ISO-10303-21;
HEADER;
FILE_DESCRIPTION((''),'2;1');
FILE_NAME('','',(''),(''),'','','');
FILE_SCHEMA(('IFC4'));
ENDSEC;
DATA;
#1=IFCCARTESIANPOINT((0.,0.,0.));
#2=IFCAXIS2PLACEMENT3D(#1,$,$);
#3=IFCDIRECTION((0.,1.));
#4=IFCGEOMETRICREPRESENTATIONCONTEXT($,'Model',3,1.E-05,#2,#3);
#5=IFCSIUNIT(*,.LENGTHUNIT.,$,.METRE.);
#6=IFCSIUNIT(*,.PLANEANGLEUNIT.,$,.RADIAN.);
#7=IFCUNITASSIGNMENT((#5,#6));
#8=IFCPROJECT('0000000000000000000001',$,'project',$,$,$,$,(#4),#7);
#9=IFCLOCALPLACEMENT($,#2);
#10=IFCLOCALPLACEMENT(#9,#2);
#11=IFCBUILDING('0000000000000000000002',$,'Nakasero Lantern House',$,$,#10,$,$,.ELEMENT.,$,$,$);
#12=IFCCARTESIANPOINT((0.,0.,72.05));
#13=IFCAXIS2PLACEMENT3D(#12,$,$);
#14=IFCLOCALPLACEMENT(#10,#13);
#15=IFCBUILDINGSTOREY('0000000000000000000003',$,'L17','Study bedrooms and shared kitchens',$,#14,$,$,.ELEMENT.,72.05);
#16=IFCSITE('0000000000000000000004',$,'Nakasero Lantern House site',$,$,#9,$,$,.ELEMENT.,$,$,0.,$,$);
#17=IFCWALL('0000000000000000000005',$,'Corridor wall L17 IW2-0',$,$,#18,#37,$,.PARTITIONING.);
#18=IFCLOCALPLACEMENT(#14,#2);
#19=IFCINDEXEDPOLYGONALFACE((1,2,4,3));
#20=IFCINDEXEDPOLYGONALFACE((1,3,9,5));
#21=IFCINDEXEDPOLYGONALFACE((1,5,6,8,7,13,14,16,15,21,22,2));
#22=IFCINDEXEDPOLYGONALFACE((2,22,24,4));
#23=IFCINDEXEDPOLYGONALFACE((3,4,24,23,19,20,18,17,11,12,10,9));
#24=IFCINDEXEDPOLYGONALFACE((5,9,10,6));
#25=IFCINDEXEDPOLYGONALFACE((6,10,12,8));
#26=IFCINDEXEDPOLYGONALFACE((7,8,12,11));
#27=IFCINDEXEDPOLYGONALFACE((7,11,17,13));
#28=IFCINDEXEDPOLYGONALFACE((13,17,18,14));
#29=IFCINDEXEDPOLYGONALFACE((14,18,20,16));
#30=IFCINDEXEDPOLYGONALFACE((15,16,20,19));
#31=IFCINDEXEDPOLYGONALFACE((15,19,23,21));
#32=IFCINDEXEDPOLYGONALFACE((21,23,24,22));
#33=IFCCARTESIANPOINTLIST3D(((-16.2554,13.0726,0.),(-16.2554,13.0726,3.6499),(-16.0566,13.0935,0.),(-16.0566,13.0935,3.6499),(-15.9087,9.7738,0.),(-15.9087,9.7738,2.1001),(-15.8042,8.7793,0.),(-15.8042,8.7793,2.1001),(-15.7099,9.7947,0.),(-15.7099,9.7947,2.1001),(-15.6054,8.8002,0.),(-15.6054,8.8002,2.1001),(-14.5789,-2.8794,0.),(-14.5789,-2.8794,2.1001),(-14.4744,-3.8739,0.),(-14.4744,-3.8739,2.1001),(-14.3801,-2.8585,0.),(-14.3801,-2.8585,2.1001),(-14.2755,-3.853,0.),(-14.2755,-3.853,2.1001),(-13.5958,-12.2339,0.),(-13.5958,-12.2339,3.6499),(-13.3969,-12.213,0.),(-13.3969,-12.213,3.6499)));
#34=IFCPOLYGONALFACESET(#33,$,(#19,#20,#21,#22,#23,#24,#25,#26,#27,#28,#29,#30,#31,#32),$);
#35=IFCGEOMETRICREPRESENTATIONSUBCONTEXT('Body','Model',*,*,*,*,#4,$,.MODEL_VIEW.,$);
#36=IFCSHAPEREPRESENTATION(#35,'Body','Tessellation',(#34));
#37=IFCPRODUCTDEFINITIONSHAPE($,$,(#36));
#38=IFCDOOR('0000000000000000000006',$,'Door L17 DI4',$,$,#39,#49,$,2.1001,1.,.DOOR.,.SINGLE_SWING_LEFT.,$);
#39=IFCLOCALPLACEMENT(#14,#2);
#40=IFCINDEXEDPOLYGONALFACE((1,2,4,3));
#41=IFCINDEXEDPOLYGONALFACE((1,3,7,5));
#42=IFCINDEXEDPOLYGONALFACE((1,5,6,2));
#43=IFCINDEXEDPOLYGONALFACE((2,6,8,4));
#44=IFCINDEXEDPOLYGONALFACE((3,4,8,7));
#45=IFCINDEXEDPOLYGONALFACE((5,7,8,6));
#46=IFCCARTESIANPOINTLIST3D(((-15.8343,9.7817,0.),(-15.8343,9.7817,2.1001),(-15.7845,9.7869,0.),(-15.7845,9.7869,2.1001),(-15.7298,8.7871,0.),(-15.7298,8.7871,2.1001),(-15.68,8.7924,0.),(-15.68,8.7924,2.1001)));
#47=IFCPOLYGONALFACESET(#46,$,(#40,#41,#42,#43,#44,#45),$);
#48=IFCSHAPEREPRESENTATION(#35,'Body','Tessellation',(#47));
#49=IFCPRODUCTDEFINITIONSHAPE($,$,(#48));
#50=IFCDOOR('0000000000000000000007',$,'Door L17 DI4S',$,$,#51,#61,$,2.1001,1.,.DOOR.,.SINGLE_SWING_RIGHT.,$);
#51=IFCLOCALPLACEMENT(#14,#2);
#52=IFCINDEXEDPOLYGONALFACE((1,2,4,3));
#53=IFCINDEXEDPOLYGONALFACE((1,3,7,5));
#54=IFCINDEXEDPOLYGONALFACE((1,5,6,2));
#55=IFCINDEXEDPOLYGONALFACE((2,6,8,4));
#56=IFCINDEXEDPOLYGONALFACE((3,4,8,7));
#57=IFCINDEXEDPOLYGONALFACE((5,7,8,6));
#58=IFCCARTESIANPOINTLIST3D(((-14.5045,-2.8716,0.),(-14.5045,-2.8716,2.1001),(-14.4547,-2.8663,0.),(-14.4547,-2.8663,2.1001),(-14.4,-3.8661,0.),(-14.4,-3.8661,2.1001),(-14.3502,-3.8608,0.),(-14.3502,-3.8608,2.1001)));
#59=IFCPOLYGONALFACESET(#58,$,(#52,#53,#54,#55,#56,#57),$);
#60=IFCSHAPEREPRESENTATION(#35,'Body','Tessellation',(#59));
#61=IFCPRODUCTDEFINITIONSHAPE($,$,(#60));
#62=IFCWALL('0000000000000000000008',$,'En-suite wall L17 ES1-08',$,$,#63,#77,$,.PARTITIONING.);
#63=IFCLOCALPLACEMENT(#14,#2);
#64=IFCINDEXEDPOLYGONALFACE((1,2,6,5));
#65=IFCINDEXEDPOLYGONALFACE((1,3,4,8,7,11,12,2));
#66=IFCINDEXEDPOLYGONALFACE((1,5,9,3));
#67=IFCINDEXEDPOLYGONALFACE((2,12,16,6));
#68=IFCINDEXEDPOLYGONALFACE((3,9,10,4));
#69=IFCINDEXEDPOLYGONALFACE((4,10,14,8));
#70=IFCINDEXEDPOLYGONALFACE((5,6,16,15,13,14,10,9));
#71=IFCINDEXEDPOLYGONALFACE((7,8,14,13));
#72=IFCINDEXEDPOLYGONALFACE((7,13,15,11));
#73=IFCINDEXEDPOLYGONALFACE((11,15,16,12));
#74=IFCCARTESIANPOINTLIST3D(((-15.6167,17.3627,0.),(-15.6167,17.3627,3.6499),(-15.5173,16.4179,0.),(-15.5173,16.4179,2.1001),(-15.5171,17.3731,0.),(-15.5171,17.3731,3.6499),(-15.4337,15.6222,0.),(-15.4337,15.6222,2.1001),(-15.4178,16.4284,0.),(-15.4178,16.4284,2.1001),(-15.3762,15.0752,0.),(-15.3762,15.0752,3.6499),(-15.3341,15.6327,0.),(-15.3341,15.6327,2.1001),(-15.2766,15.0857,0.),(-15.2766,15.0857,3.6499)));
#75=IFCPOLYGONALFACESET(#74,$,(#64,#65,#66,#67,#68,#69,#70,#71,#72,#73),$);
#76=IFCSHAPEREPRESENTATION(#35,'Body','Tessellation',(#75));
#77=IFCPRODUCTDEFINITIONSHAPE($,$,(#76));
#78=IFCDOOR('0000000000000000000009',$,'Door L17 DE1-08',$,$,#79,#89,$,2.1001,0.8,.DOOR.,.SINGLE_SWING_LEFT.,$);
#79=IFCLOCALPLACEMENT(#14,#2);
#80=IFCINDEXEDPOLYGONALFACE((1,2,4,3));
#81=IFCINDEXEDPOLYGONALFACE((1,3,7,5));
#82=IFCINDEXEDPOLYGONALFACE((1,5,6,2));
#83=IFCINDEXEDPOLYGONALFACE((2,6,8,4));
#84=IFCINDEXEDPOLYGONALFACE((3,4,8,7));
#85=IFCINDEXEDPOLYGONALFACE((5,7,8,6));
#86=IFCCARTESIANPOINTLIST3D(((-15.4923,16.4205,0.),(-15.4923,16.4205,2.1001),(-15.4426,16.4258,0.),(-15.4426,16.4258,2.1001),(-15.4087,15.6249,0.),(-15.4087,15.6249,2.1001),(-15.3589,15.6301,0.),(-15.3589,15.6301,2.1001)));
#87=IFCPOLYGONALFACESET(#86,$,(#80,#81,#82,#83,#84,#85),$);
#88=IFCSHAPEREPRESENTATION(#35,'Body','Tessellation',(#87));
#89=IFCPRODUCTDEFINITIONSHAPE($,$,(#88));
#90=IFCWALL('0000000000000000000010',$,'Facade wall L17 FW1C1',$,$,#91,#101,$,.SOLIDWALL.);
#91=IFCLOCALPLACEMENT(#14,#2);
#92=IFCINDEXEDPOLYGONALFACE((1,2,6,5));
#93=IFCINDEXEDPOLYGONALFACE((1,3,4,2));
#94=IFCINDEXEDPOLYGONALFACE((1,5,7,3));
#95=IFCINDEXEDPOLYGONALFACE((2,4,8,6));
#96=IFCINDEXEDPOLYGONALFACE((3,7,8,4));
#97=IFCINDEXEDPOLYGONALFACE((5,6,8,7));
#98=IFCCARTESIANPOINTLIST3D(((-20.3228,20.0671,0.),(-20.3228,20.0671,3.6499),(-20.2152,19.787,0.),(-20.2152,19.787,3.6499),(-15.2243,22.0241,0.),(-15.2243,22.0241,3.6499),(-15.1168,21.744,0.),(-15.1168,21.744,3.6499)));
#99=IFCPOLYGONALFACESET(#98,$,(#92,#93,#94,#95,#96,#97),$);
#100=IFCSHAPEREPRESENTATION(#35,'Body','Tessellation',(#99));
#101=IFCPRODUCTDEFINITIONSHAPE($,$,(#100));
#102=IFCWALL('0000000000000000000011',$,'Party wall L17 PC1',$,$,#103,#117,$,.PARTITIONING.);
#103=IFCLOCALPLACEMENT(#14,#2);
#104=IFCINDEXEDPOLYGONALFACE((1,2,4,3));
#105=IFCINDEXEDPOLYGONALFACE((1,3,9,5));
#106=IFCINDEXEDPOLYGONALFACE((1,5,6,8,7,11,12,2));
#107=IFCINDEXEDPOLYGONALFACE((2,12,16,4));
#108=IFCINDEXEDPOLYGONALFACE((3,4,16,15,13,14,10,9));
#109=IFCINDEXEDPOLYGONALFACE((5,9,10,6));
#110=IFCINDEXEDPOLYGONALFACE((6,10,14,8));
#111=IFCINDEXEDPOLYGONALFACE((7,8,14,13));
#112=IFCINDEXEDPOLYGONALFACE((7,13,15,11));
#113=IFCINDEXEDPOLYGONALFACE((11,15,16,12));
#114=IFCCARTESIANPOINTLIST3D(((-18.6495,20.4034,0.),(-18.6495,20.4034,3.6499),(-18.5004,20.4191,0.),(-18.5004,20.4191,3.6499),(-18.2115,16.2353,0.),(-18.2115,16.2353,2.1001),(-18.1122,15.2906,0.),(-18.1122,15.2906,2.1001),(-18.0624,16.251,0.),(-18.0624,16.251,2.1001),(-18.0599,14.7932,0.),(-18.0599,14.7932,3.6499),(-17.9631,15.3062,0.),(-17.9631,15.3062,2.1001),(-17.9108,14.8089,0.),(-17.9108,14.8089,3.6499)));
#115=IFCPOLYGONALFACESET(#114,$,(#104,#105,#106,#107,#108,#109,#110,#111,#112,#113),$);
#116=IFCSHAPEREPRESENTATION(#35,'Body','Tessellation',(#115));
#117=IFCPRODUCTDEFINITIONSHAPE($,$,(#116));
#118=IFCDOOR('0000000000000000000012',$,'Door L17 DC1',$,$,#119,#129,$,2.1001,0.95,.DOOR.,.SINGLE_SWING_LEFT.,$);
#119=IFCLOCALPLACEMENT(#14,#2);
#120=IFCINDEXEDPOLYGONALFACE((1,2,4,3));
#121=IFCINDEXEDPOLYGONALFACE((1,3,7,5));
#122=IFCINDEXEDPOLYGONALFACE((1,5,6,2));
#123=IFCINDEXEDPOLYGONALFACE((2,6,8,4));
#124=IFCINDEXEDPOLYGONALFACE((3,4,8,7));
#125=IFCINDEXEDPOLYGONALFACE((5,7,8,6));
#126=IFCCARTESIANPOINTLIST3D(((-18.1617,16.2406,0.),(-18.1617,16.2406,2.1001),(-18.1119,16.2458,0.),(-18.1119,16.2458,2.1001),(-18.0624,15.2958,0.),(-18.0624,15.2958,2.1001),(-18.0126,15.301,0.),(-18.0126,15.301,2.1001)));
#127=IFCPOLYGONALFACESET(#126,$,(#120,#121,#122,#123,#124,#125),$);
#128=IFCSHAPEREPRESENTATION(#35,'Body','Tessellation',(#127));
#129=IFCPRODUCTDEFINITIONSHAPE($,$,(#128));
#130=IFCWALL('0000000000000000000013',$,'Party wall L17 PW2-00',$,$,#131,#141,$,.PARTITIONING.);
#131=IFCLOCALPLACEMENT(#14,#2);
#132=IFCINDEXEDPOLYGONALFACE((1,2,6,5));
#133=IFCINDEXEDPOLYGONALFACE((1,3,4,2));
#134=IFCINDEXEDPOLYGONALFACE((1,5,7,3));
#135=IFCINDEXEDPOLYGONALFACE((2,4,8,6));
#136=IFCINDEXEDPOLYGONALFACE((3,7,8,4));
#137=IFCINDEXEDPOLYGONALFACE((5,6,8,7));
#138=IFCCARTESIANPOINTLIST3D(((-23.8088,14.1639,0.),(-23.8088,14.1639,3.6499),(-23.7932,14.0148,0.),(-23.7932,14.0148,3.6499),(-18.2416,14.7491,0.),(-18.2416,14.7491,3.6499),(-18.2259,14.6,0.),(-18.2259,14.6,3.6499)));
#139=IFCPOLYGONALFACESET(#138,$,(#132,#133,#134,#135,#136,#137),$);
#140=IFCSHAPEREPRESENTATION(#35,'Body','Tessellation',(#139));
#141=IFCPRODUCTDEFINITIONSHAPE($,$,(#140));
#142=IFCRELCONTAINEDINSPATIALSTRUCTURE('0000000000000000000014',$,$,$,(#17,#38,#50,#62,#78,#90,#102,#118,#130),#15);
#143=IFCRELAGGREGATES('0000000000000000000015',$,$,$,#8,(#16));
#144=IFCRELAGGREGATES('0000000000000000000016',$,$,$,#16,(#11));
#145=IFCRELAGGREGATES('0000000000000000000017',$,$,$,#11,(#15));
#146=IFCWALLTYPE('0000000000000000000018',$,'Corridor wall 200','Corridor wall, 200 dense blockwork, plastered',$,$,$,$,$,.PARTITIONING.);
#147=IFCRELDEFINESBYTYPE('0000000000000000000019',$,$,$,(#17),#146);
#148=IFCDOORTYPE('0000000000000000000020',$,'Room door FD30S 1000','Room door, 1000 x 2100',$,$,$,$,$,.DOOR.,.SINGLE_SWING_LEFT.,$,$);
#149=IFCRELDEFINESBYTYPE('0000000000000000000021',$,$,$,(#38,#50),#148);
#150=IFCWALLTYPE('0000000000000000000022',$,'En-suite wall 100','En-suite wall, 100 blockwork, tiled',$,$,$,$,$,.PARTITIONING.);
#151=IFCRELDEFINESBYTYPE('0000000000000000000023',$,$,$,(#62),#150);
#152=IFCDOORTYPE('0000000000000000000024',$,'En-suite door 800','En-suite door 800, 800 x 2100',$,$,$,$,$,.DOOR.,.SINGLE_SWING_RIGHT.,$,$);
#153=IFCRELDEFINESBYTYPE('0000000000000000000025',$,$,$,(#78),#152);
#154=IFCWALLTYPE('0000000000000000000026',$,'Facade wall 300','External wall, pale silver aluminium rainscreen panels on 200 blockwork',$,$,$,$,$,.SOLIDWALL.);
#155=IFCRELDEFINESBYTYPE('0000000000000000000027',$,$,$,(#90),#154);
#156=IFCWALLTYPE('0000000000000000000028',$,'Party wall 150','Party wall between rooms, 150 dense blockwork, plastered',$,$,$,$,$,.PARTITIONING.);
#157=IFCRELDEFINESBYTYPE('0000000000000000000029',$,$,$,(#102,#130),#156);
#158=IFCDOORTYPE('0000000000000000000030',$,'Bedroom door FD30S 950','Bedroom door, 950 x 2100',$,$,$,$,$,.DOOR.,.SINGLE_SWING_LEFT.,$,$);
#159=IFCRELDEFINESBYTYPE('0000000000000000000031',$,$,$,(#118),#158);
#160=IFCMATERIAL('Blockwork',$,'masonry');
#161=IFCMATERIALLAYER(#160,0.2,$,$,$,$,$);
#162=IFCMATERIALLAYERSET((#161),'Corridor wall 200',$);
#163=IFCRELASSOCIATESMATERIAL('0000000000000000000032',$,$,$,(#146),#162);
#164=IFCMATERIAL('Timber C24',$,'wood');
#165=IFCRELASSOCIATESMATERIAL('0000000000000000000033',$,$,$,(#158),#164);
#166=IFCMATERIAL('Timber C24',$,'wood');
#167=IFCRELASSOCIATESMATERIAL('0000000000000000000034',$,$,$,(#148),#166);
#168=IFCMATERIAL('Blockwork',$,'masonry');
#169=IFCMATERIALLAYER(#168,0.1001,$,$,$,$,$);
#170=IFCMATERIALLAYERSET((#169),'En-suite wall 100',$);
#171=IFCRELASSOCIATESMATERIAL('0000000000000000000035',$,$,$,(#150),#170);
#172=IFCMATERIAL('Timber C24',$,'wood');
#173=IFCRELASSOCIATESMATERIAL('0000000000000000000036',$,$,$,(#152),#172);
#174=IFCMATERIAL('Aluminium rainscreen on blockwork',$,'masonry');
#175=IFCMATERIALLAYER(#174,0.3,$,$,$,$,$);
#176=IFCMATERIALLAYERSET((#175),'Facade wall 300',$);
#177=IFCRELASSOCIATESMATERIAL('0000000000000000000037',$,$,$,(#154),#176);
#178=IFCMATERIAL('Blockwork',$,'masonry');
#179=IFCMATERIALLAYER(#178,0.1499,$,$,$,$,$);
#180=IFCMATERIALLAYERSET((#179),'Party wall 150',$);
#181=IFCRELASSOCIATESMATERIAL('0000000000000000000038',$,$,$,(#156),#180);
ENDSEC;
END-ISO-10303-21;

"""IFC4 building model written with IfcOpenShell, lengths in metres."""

from ifc_helpers import new_model, si_unit, direction, frame, frame_2d, origin, place, context, subcontext, project, spatial, rectangle, extrude, material, layer, layer_set, type_object, element, fill, save


model = new_model("IFC4")

# Units and contexts
model_context = context("Model", 3, precision=1e-05, world=origin(), true_north=direction((0.0, 1.0)))
body_context = subcontext(model_context, "Body", "Model", "MODEL_VIEW")
ifc_project = project(units=[si_unit("LENGTHUNIT", "METRE"), si_unit("PLANEANGLEUNIT", "RADIAN")], contexts=[model_context])

# Site, building, storey
site_placement = place(None, origin())
site = spatial("IfcSite", under=ifc_project, at=site_placement, Name="Nakasero Lantern House site", CompositionType="ELEMENT", RefElevation=0.0)
building_placement = place(site_placement, origin())
building = spatial("IfcBuilding", under=site, at=building_placement, Name="Nakasero Lantern House", CompositionType="ELEMENT")
storey_placement = place(building_placement, frame((0.0, 0.0, 72.05)))
storey = spatial("IfcBuildingStorey", under=building, at=storey_placement, Name="L17", Description="Study bedrooms and shared kitchens", CompositionType="ELEMENT", Elevation=72.05)

# Shared definitions
ifc_material_1 = material(Name="Blockwork", Category="masonry")
ifc_layer_1 = layer(ifc_material_1, 0.2)
ifc_layer_set_1 = layer_set([ifc_layer_1], Name="Corridor wall 200")
wall_type_1 = type_object("IfcWallType", Name="Corridor wall 200", Description="Corridor wall, 200 dense blockwork, plastered", PredefinedType="PARTITIONING", material=ifc_layer_set_1)
ifc_material_2 = material(Name="Timber C24", Category="wood")
door_type_1 = type_object("IfcDoorType", Name="Bedroom door FD30S 950", Description="Bedroom door, 950 x 2100", OperationType="SINGLE_SWING_LEFT", PredefinedType="DOOR", material=ifc_material_2)

# Wall, openings, doors
wall_1_placement = place(storey_placement, frame((-16.156, 13.083, 0.0), z_axis=(0.0, 0.0, 1.0), x_axis=(0.104523, -0.994522, 0.0)))
wall_1 = element("IfcWall", 1, at=wall_1_placement, inside=storey, type_object=wall_type_1, Name="Corridor wall L17 IW2-0", PredefinedType="PARTITIONING", context=body_context, shape_type="SweptSolid", body=[
    extrude(rectangle(XDim=25.4458, YDim=0.2, at=frame_2d((12.7229, 0.0))), origin(), (0.0, 0.0, 1.0), 3.6499),
])
opening_1_placement = place(wall_1_placement, frame((3.3169, 0.0, 0.0)))
opening_1 = element("IfcOpeningElement", 2, at=opening_1_placement, cuts=wall_1, PredefinedType="OPENING", context=body_context, shape_type="SweptSolid", body=[
    extrude(rectangle(XDim=1.0, YDim=2.1001, at=frame_2d((0.5, 1.05))), frame((0.0, 0.1199, 0.0), z_axis=(0.0, -1.0, 0.0), x_axis=(1.0, 0.0, 0.0)), (0.0, 0.0, 1.0), 0.24),
])
opening_2_placement = place(wall_1_placement, frame((16.0398, 0.0, 0.0)))
opening_2 = element("IfcOpeningElement", 3, at=opening_2_placement, cuts=wall_1, PredefinedType="OPENING", context=body_context, shape_type="SweptSolid", body=[
    extrude(rectangle(XDim=1.0, YDim=2.1001, at=frame_2d((0.5, 1.05))), frame((0.0, 0.1199, 0.0), z_axis=(0.0, -1.0, 0.0), x_axis=(1.0, 0.0, 0.0)), (0.0, 0.0, 1.0), 0.24),
])
ifc_material_3 = material(Name="Timber C24", Category="wood")
door_type_2 = type_object("IfcDoorType", Name="Room door FD30S 1000", Description="Room door, 1000 x 2100", OperationType="SINGLE_SWING_LEFT", PredefinedType="DOOR", material=ifc_material_3)
door_1_placement = place(opening_1_placement, origin())
door_1 = element("IfcDoor", 4, at=door_1_placement, inside=storey, type_object=door_type_2, Name="Door L17 DI4", OperationType="SINGLE_SWING_LEFT", OverallHeight=2.1001, OverallWidth=1.0, PredefinedType="DOOR", context=body_context, shape_type="SweptSolid", body=[
    extrude(rectangle(XDim=1.0, YDim=2.1001, at=frame_2d((0.5, 1.05))), frame((0.0, 0.0249, 0.0), z_axis=(0.0, -1.0, 0.0), x_axis=(1.0, 0.0, 0.0)), (0.0, 0.0, 1.0), 0.05),
])
fill(opening_1, door_1)
door_2_placement = place(opening_2_placement, origin())
door_2 = element("IfcDoor", 5, at=door_2_placement, inside=storey, type_object=door_type_2, Name="Door L17 DI4S", OperationType="SINGLE_SWING_RIGHT", OverallHeight=2.1001, OverallWidth=1.0, PredefinedType="DOOR", context=body_context, shape_type="SweptSolid", body=[
    extrude(rectangle(XDim=1.0, YDim=2.1001, at=frame_2d((0.5, 1.05))), frame((0.0, 0.0249, 0.0), z_axis=(0.0, -1.0, 0.0), x_axis=(1.0, 0.0, 0.0)), (0.0, 0.0, 1.0), 0.05),
])
fill(opening_2, door_2)

# Wall, opening, door
ifc_material_4 = material(Name="Blockwork", Category="masonry")
ifc_layer_2 = layer(ifc_material_4, 0.1001)
ifc_layer_set_2 = layer_set([ifc_layer_2], Name="En-suite wall 100")
wall_type_2 = type_object("IfcWallType", Name="En-suite wall 100", Description="En-suite wall, 100 blockwork, tiled", PredefinedType="PARTITIONING", material=ifc_layer_set_2)
wall_2_placement = place(storey_placement, frame((-15.3264, 15.0806, 0.0), z_axis=(0.0, 0.0, 1.0), x_axis=(-0.104558, 0.994519, 0.0)))
wall_2 = element("IfcWall", 6, at=wall_2_placement, inside=storey, type_object=wall_type_2, Name="En-suite wall L17 ES1-08", PredefinedType="PARTITIONING", context=body_context, shape_type="SweptSolid", body=[
    extrude(rectangle(XDim=2.3, YDim=0.1001, at=frame_2d((1.1499, 0.0))), origin(), (0.0, 0.0, 1.0), 3.6499),
])
opening_3_placement = place(wall_2_placement, frame((0.55, 0.0, 0.0)))
opening_3 = element("IfcOpeningElement", 7, at=opening_3_placement, cuts=wall_2, PredefinedType="OPENING", context=body_context, shape_type="SweptSolid", body=[
    extrude(rectangle(XDim=0.8, YDim=2.1001, at=frame_2d((0.3999, 1.05))), frame((0.0, 0.0701, 0.0), z_axis=(0.0, -1.0, 0.0), x_axis=(1.0, 0.0, 0.0)), (0.0, 0.0, 1.0), 0.1401),
])
ifc_material_5 = material(Name="Timber C24", Category="wood")
door_type_3 = type_object("IfcDoorType", Name="En-suite door 800", Description="En-suite door 800, 800 x 2100", OperationType="SINGLE_SWING_RIGHT", PredefinedType="DOOR", material=ifc_material_5)
door_3_placement = place(opening_3_placement, origin())
door_3 = element("IfcDoor", 8, at=door_3_placement, inside=storey, type_object=door_type_3, Name="Door L17 DE1-08", OperationType="SINGLE_SWING_LEFT", OverallHeight=2.1001, OverallWidth=0.8, PredefinedType="DOOR", context=body_context, shape_type="SweptSolid", body=[
    extrude(rectangle(XDim=0.8, YDim=2.1001, at=frame_2d((0.3999, 1.05))), frame((0.0, 0.0249, 0.0), z_axis=(0.0, -1.0, 0.0), x_axis=(1.0, 0.0, 0.0)), (0.0, 0.0, 1.0), 0.05),
])
fill(opening_3, door_3)

# Wall
ifc_material_6 = material(Name="Aluminium rainscreen on blockwork", Category="masonry")
ifc_layer_3 = layer(ifc_material_6, 0.3)
ifc_layer_set_3 = layer_set([ifc_layer_3], Name="Facade wall 300")
wall_type_3 = type_object("IfcWallType", Name="Facade wall 300", Description="External wall, pale silver aluminium rainscreen panels on 200 blockwork", PredefinedType="SOLIDWALL", material=ifc_layer_set_3)
wall_3_placement = place(storey_placement, frame((-15.1707, 21.884, 0.0), z_axis=(0.0, 0.0, 1.0), x_axis=(-0.933584, -0.358359, 0.0)))
element("IfcWall", 9, at=wall_3_placement, inside=storey, type_object=wall_type_3, Name="Facade wall L17 FW1C1", PredefinedType="SOLIDWALL", context=body_context, shape_type="SweptSolid", body=[
    extrude(rectangle(XDim=5.4612, YDim=0.3, at=frame_2d((2.7305, 0.0))), origin(), (0.0, 0.0, 1.0), 3.6499),
])

# Wall, opening, door
ifc_material_7 = material(Name="Blockwork", Category="masonry")
ifc_layer_4 = layer(ifc_material_7, 0.1499)
ifc_layer_set_4 = layer_set([ifc_layer_4], Name="Party wall 150")
wall_type_4 = type_object("IfcWallType", Name="Party wall 150", Description="Party wall between rooms, 150 dense blockwork, plastered", PredefinedType="PARTITIONING", material=ifc_layer_set_4)
wall_4_placement = place(storey_placement, frame((-17.9854, 14.801, 0.0), z_axis=(0.0, 0.0, 1.0), x_axis=(-0.10452, 0.994523, 0.0)))
wall_4 = element("IfcWall", 10, at=wall_4_placement, inside=storey, type_object=wall_type_4, Name="Party wall L17 PC1", PredefinedType="PARTITIONING", context=body_context, shape_type="SweptSolid", body=[
    extrude(rectangle(XDim=5.6411, YDim=0.1499, at=frame_2d((2.8206, 0.0))), origin(), (0.0, 0.0, 1.0), 3.6499),
])
opening_4_placement = place(wall_4_placement, frame((0.5, 0.0, 0.0)))
opening_4 = element("IfcOpeningElement", 11, at=opening_4_placement, cuts=wall_4, PredefinedType="OPENING", context=body_context, shape_type="SweptSolid", body=[
    extrude(rectangle(XDim=0.95, YDim=2.1001, at=frame_2d((0.4751, 1.05))), frame((0.0, 0.095, 0.0), z_axis=(0.0, -1.0, 0.0), x_axis=(1.0, 0.0, 0.0)), (0.0, 0.0, 1.0), 0.1899),
])
door_4_placement = place(opening_4_placement, origin())
door_4 = element("IfcDoor", 12, at=door_4_placement, inside=storey, type_object=door_type_1, Name="Door L17 DC1", OperationType="SINGLE_SWING_LEFT", OverallHeight=2.1001, OverallWidth=0.95, PredefinedType="DOOR", context=body_context, shape_type="SweptSolid", body=[
    extrude(rectangle(XDim=0.95, YDim=2.1001, at=frame_2d((0.4751, 1.05))), frame((0.0, 0.0249, 0.0), z_axis=(0.0, -1.0, 0.0), x_axis=(1.0, 0.0, 0.0)), (0.0, 0.0, 1.0), 0.05),
])
fill(opening_4, door_4)

# Wall
wall_5_placement = place(storey_placement, frame((-18.2339, 14.6746, 0.0), z_axis=(0.0, 0.0, 1.0), x_axis=(-0.99452, -0.104542, 0.0)))
element("IfcWall", 13, at=wall_5_placement, inside=storey, type_object=wall_type_4, Name="Party wall L17 PW2-00", PredefinedType="PARTITIONING", context=body_context, shape_type="SweptSolid", body=[
    extrude(rectangle(XDim=5.5979, YDim=0.1499, at=frame_2d((2.7988, 0.0))), origin(), (0.0, 0.0, 1.0), 3.6499),
])

save(model, "model.ifc")
